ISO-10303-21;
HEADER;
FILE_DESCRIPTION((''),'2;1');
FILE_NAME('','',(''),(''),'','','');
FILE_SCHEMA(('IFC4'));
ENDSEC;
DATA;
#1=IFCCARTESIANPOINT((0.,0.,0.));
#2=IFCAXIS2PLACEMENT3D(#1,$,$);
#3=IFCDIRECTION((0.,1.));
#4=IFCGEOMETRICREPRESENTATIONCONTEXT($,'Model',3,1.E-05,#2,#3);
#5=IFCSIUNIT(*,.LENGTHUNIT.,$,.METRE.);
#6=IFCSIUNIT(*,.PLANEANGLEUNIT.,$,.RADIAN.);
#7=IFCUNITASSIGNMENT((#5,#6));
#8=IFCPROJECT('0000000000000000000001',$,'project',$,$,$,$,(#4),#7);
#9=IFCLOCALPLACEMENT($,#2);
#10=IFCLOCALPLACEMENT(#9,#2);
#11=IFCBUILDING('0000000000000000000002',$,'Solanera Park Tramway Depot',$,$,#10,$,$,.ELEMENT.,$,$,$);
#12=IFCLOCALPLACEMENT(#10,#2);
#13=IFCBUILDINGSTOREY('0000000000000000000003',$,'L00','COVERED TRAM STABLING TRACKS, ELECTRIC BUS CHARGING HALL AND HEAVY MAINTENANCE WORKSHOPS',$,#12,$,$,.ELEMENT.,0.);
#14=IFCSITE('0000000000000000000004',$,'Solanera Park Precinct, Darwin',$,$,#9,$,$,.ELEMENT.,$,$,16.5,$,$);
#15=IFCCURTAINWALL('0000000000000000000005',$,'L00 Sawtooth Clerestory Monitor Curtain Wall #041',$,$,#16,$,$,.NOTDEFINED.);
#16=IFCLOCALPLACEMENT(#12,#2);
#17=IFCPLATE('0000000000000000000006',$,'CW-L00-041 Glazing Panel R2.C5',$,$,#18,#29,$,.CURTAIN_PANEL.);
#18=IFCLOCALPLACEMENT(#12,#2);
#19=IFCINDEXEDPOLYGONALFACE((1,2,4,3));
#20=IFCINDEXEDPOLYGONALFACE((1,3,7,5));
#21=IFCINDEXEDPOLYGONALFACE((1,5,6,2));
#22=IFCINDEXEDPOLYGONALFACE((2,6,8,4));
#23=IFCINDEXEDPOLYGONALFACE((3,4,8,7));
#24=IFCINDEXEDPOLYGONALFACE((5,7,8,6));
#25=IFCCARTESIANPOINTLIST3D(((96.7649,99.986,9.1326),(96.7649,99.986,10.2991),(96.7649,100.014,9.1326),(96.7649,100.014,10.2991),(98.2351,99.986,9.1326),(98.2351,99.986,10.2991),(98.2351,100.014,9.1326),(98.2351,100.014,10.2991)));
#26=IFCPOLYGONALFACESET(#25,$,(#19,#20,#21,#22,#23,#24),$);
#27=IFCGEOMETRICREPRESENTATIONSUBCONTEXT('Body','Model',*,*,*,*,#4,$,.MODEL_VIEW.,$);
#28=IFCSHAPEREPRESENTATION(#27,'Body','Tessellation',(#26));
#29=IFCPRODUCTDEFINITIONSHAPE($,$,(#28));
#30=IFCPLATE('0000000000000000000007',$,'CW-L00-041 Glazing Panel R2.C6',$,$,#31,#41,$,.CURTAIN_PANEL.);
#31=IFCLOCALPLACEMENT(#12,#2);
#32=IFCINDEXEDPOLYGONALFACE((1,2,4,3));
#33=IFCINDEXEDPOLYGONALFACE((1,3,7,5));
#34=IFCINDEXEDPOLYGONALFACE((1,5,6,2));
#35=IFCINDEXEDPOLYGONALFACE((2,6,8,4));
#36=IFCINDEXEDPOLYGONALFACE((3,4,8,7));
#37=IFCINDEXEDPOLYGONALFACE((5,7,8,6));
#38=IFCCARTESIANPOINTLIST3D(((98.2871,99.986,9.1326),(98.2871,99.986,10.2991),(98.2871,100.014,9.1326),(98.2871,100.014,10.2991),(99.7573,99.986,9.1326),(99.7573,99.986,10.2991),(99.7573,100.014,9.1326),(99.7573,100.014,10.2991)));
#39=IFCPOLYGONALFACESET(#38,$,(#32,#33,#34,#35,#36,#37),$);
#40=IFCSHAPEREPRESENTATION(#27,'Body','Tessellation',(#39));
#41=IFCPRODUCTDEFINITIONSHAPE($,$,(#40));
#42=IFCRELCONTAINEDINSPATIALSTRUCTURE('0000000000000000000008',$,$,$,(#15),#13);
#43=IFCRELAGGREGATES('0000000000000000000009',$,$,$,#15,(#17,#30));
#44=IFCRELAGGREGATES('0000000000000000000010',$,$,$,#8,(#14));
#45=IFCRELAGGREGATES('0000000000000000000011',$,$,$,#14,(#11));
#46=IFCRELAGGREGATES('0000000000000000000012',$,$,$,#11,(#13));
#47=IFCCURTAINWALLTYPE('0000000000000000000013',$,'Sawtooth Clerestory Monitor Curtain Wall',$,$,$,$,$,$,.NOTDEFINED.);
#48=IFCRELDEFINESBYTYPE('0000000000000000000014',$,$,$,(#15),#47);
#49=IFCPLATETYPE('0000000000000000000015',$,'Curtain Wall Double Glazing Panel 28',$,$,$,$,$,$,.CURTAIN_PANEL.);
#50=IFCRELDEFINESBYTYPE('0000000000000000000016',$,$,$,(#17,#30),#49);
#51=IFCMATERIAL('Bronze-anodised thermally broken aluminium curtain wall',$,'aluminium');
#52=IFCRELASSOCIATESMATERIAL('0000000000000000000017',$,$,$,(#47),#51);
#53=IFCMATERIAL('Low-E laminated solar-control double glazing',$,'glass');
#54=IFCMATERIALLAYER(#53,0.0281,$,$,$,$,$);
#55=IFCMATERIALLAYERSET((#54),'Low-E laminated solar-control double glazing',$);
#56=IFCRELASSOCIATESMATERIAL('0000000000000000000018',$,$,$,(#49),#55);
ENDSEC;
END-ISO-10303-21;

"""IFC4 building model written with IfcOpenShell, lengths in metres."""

from ifc_helpers import new_model, si_unit, direction, frame, origin, origin_2d, place, context, subcontext, project, spatial, rectangle, extrude, material, layer, layer_set, type_object, element, aggregate, save


model = new_model("IFC4")

# Units and contexts
model_context = context("Model", 3, precision=1e-05, world=origin(), true_north=direction((0.0, 1.0)))
body_context = subcontext(model_context, "Body", "Model", "MODEL_VIEW")
ifc_project = project(units=[si_unit("LENGTHUNIT", "METRE"), si_unit("PLANEANGLEUNIT", "RADIAN")], contexts=[model_context])

# Site, building, storey
site_placement = place(None, origin())
site = spatial("IfcSite", under=ifc_project, at=site_placement, Name="Solanera Park Precinct, Darwin", CompositionType="ELEMENT", RefElevation=16.5)
building_placement = place(site_placement, origin())
building = spatial("IfcBuilding", under=site, at=building_placement, Name="Solanera Park Tramway Depot", CompositionType="ELEMENT")
storey_placement = place(building_placement, origin())
storey = spatial("IfcBuildingStorey", under=building, at=storey_placement, Name="L00", Description="COVERED TRAM STABLING TRACKS, ELECTRIC BUS CHARGING HALL AND HEAVY MAINTENANCE WORKSHOPS", CompositionType="ELEMENT", Elevation=0.0)

# Curtain wall, plates
ifc_material_1 = material(Name="Bronze-anodised thermally broken aluminium curtain wall", Category="aluminium")
curtain_wall_type = type_object("IfcCurtainWallType", Name="Sawtooth Clerestory Monitor Curtain Wall", PredefinedType="NOTDEFINED", material=ifc_material_1)
curtain_wall_placement = place(storey_placement, origin())
curtain_wall = element("IfcCurtainWall", 1, at=curtain_wall_placement, inside=storey, type_object=curtain_wall_type, Name="L00 Sawtooth Clerestory Monitor Curtain Wall #041", PredefinedType="NOTDEFINED")
ifc_material_2 = material(Name="Low-E laminated solar-control double glazing", Category="glass")
ifc_layer = layer(ifc_material_2, 0.0281)
ifc_layer_set = layer_set([ifc_layer], Name="Low-E laminated solar-control double glazing")
plate_type = type_object("IfcPlateType", Name="Curtain Wall Double Glazing Panel 28", PredefinedType="CURTAIN_PANEL", material=ifc_layer_set)
plate_1_placement = place(storey_placement, frame((97.5, 100.0, 9.1326), z_axis=(0.0, 0.0, 1.0), x_axis=(1.0, 0.0, 0.0)))
plate_1 = element("IfcPlate", 2, at=plate_1_placement, type_object=plate_type, Name="CW-L00-041 Glazing Panel R2.C5", PredefinedType="CURTAIN_PANEL", context=body_context, shape_type="SweptSolid", body=[
    extrude(rectangle(XDim=1.4702, YDim=0.0281, at=origin_2d()), origin(), (0.0, 0.0, 1.0), 1.1665),
])
plate_2_placement = place(storey_placement, frame((99.0222, 100.0, 9.1326), z_axis=(0.0, 0.0, 1.0), x_axis=(1.0, 0.0, 0.0)))
plate_2 = element("IfcPlate", 3, at=plate_2_placement, type_object=plate_type, Name="CW-L00-041 Glazing Panel R2.C6", PredefinedType="CURTAIN_PANEL", context=body_context, shape_type="SweptSolid", body=[
    extrude(rectangle(XDim=1.4702, YDim=0.0281, at=origin_2d()), origin(), (0.0, 0.0, 1.0), 1.1665),
])
aggregate(curtain_wall, [plate_1, plate_2])

save(model, "model.ifc")
